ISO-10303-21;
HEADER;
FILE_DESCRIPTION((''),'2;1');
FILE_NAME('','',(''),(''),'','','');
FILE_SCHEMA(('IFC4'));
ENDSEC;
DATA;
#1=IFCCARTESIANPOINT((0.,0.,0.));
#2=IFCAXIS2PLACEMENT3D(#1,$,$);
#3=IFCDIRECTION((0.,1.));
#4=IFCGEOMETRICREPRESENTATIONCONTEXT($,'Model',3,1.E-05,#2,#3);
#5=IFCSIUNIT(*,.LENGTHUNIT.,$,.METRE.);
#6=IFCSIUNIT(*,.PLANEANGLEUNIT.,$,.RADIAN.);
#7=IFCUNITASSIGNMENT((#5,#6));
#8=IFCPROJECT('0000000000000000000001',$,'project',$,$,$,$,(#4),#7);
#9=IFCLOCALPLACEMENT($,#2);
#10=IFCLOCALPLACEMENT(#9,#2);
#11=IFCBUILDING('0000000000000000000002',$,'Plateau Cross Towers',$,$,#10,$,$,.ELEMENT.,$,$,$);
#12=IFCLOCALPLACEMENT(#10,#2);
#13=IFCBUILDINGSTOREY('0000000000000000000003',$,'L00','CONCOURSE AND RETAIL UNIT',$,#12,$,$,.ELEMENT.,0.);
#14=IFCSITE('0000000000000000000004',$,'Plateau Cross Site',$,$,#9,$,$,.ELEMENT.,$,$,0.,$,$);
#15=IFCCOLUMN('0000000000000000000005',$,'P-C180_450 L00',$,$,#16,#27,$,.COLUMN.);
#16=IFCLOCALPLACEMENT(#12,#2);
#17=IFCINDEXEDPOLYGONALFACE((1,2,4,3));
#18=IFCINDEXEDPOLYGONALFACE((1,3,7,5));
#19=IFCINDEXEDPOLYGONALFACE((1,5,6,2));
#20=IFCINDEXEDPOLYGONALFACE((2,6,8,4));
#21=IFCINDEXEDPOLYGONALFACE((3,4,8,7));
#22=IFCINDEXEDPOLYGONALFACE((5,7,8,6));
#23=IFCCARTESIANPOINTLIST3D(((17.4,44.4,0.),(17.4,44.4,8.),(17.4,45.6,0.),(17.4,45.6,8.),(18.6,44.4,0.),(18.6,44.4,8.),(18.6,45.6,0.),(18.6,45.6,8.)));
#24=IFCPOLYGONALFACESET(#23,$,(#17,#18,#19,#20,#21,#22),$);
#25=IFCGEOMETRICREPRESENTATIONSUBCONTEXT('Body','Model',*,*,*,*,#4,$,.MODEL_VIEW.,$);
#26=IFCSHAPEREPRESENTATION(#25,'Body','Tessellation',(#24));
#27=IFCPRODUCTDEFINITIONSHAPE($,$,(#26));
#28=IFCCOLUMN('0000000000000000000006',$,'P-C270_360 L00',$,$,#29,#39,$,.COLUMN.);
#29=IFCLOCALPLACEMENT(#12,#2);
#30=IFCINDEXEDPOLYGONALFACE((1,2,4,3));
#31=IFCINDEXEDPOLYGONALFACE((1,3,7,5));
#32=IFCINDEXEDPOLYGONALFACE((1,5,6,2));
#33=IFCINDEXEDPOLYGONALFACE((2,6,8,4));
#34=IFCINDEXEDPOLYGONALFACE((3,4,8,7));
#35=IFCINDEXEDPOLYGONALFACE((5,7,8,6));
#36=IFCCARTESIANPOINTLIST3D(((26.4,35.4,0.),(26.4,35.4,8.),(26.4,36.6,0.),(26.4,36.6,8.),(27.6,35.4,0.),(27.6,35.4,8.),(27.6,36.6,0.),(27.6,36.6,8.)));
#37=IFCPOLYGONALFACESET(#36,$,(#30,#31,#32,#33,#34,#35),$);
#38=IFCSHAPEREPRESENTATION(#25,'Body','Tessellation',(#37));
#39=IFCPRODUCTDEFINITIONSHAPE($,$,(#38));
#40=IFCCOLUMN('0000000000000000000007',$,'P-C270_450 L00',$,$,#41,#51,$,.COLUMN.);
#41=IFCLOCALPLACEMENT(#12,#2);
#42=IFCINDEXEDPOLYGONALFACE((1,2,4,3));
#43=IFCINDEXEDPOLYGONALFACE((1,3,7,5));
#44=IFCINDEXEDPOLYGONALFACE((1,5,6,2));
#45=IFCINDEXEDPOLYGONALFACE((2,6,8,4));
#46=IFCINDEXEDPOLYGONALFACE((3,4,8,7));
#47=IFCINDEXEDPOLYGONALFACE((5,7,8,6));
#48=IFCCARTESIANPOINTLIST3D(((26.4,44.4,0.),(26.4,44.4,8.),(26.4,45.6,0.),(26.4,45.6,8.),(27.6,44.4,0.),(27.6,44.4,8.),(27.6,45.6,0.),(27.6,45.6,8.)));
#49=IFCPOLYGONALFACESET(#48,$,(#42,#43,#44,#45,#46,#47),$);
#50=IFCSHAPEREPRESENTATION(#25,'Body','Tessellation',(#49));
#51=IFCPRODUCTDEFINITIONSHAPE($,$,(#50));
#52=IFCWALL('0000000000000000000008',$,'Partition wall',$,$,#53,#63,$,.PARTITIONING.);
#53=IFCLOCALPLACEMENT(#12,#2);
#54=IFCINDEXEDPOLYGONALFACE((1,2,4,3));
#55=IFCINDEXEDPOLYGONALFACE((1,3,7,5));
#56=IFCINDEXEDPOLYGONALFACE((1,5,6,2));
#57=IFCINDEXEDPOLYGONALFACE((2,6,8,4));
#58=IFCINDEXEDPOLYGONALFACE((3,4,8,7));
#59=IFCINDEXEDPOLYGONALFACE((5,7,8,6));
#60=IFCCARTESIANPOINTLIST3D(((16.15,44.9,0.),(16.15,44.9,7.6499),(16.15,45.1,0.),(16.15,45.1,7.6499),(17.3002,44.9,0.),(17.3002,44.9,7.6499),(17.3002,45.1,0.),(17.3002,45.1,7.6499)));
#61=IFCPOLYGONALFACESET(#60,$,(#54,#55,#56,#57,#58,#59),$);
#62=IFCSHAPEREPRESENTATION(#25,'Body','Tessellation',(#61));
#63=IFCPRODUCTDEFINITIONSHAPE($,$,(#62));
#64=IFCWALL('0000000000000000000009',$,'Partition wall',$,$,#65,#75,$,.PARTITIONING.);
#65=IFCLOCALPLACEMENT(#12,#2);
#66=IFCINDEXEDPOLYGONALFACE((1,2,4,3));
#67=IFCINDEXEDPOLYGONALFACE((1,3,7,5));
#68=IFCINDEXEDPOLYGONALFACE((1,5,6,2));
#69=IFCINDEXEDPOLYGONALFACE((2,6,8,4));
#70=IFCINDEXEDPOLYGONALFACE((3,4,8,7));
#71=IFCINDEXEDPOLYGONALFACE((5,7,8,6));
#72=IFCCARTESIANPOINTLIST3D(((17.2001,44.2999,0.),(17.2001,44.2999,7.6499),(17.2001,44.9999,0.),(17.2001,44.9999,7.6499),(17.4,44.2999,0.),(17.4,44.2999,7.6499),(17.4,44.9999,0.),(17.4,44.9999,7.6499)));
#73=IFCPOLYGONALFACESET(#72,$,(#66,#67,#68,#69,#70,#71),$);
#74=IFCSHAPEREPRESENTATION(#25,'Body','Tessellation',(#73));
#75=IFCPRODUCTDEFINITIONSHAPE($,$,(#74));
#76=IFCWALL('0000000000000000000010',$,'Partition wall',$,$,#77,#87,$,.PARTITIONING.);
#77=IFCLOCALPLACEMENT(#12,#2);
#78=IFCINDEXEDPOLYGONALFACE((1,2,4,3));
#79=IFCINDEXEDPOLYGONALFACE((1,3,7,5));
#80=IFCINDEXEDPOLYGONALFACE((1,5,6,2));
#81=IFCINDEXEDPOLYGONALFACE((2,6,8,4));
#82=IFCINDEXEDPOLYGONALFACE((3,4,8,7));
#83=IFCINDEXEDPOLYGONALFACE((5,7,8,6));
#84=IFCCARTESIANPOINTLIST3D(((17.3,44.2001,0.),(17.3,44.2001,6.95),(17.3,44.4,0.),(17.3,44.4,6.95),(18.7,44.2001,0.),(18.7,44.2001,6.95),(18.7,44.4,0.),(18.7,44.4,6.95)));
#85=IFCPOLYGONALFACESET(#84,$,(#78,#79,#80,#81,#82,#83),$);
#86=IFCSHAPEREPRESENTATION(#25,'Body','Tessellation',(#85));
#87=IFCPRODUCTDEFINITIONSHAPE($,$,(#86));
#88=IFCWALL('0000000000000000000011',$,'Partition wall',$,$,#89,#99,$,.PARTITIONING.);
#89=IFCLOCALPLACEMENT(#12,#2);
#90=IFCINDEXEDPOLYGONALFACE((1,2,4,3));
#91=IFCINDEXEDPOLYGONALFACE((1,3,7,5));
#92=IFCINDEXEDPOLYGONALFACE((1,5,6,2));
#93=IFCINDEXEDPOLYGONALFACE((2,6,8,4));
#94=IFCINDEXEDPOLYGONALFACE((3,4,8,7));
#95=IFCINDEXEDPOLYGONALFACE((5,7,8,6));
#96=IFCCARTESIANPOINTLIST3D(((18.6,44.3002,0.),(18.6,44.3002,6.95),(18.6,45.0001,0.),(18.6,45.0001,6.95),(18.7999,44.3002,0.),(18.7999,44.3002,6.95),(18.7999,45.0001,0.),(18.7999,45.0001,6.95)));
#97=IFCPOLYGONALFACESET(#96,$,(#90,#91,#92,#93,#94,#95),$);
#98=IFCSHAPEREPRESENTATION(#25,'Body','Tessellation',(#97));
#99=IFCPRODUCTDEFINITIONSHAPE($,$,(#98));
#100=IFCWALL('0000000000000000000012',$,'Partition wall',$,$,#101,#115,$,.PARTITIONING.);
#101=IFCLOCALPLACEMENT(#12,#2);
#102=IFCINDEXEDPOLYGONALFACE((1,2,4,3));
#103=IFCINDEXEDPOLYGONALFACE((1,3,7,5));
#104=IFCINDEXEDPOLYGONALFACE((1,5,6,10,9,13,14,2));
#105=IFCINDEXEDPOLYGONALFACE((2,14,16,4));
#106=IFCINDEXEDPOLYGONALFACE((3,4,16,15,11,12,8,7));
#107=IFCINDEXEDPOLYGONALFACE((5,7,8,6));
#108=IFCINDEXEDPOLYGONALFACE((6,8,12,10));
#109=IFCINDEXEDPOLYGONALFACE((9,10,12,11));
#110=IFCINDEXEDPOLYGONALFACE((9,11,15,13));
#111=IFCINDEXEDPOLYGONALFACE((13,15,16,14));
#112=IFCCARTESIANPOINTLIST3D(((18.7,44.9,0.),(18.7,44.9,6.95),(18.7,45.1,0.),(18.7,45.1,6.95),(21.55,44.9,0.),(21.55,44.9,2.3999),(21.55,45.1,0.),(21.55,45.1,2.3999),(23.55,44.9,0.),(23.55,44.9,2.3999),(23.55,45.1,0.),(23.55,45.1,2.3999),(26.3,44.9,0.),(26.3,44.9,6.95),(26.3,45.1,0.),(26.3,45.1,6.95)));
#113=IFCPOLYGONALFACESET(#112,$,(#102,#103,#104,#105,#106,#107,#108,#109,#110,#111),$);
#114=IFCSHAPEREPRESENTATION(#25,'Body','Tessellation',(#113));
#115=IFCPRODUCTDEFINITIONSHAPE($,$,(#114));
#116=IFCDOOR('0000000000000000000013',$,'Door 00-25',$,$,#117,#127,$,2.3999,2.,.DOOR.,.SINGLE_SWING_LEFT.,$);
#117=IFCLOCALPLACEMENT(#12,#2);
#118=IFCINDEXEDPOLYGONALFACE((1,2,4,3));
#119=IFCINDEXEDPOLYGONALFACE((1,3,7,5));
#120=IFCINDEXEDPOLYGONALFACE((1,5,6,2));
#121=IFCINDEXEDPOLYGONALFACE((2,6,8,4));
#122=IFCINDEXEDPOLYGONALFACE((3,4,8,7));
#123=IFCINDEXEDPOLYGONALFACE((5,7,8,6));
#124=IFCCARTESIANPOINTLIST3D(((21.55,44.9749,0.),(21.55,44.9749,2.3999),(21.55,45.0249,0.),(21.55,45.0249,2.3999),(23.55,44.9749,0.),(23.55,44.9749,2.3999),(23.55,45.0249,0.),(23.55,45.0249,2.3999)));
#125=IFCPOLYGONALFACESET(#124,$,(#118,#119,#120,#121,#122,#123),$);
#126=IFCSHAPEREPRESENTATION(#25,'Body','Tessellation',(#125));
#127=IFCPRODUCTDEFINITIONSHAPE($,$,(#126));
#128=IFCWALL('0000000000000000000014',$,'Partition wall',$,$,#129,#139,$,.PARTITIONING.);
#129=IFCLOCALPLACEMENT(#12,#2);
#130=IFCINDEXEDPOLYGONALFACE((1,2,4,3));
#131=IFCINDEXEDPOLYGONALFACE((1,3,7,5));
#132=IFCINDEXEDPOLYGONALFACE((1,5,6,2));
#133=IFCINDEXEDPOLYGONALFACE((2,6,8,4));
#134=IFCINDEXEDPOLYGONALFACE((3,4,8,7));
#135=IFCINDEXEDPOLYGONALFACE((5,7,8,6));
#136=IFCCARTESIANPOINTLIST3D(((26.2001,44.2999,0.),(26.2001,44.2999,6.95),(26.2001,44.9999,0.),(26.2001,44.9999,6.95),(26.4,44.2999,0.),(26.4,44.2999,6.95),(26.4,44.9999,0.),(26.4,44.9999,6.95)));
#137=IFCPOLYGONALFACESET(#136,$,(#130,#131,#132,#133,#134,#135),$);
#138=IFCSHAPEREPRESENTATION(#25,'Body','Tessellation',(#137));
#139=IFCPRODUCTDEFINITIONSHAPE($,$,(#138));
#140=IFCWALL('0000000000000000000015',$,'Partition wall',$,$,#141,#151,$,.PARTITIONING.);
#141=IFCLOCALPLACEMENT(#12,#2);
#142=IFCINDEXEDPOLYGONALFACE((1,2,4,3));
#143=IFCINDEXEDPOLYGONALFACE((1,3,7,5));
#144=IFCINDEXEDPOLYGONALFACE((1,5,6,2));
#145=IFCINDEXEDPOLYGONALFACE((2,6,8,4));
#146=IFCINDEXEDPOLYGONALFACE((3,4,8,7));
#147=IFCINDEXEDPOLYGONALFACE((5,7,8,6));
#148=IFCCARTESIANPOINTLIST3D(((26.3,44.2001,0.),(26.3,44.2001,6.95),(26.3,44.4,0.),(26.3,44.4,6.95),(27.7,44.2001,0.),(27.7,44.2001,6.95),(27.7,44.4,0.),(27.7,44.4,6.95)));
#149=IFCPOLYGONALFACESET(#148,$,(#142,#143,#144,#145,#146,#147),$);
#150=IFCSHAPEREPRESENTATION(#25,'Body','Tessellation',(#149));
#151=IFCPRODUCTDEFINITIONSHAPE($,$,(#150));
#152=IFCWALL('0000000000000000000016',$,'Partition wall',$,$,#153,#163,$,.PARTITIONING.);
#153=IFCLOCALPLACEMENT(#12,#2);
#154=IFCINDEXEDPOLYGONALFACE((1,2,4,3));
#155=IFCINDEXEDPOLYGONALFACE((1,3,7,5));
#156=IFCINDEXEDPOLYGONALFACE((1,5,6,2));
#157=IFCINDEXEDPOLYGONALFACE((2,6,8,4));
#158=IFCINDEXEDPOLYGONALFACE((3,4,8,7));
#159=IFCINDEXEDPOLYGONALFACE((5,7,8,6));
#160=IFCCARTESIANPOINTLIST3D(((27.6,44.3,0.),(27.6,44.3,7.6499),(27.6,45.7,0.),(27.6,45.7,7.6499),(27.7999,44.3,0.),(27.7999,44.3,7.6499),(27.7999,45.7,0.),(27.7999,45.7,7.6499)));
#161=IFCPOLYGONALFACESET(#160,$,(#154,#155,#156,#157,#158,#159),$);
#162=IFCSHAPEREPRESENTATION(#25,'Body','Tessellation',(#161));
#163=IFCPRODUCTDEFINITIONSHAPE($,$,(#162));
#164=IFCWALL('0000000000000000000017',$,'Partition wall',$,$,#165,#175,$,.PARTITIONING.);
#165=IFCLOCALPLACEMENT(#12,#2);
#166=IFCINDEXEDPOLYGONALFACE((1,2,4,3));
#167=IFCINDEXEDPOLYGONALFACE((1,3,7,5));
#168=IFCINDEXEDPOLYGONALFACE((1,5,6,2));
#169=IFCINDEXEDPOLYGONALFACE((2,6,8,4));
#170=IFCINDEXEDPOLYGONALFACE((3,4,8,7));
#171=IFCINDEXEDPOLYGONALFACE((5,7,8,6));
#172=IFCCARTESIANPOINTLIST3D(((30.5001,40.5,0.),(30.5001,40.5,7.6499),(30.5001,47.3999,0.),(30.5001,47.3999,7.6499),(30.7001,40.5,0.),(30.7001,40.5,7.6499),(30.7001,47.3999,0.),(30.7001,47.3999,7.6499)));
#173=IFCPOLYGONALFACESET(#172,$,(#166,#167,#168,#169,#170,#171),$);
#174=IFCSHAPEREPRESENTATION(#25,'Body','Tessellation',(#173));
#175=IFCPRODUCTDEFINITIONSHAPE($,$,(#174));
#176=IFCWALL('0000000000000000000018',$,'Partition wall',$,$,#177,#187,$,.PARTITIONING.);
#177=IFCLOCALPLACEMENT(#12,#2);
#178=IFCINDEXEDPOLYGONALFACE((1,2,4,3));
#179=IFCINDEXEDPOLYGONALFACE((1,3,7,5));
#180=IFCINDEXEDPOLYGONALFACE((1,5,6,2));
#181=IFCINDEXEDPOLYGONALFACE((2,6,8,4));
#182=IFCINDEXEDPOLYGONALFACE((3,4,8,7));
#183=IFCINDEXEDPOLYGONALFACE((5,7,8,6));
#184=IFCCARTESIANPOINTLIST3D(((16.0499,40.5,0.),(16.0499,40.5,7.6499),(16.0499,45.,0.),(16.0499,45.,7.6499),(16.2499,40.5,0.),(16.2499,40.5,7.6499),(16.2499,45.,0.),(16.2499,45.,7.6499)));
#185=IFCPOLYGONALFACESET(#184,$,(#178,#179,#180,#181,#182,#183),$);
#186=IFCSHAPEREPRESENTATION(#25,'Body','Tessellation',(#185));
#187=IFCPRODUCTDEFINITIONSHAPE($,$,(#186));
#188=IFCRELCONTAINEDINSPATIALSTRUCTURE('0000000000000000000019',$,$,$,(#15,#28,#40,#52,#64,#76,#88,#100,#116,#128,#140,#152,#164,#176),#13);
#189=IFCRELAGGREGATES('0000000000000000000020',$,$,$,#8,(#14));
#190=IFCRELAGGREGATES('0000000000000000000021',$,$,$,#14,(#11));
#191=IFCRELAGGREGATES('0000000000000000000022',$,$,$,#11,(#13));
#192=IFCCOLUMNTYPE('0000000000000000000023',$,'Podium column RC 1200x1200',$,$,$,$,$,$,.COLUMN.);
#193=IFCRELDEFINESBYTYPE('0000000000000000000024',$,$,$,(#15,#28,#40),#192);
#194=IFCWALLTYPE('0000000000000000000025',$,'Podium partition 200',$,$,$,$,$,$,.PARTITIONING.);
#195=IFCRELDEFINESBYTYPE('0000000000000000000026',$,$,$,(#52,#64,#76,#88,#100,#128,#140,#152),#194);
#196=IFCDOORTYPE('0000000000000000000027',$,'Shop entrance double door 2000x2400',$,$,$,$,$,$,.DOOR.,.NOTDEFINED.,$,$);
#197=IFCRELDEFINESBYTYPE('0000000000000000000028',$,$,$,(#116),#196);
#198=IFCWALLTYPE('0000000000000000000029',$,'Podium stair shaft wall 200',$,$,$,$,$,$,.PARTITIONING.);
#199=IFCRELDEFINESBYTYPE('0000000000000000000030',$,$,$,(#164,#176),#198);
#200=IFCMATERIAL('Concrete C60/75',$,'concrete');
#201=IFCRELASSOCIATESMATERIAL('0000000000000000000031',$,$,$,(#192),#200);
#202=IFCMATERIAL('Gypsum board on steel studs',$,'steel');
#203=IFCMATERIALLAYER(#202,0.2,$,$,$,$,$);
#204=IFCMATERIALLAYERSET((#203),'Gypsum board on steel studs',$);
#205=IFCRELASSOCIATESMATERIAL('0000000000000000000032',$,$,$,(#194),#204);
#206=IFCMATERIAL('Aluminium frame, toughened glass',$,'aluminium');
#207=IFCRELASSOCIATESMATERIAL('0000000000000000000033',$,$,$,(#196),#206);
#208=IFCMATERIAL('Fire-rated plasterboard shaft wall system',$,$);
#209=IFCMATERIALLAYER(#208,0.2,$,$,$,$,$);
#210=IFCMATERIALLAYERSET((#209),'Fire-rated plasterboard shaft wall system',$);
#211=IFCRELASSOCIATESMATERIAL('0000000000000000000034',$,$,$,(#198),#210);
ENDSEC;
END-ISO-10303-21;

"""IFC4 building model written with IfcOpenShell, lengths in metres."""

from ifc_helpers import new_model, si_unit, direction, frame, frame_2d, origin, origin_2d, place, context, subcontext, project, spatial, rectangle, extrude, material, layer, layer_set, material_profile, profile_set, type_object, element, fill, save


model = new_model("IFC4")

# Units and contexts
model_context = context("Model", 3, precision=1e-05, world=origin(), true_north=direction((0.0, 1.0)))
body_context = subcontext(model_context, "Body", "Model", "MODEL_VIEW")
ifc_project = project(units=[si_unit("LENGTHUNIT", "METRE"), si_unit("PLANEANGLEUNIT", "RADIAN")], contexts=[model_context])

# Site, building, storey
site_placement = place(None, origin())
site = spatial("IfcSite", under=ifc_project, at=site_placement, Name="Plateau Cross Site", CompositionType="ELEMENT", RefElevation=0.0)
building_placement = place(site_placement, origin())
building = spatial("IfcBuilding", under=site, at=building_placement, Name="Plateau Cross Towers", CompositionType="ELEMENT")
storey_placement = place(building_placement, origin())
storey = spatial("IfcBuildingStorey", under=building, at=storey_placement, Name="L00", Description="CONCOURSE AND RETAIL UNIT", CompositionType="ELEMENT", Elevation=0.0)

# Columns
ifc_material_1 = material(Name="Concrete C60/75", Category="concrete")
ifc_material_profile = material_profile(ifc_material_1, rectangle(XDim=1.2, YDim=1.2, at=origin_2d()), Name="RC 1200x1200")
ifc_profile_set = profile_set([ifc_material_profile], Name="Concrete C60/75")
column_type = type_object("IfcColumnType", Name="Podium column RC 1200x1200", PredefinedType="COLUMN", material=ifc_profile_set)
for number, where, z_axis, x_axis, name in (
    (1, (18.0, 45.0, 0.0), (0.0, 0.0, 1.0), (1.0, 0.0, 0.0), "P-C180_450 L00"),
    (2, (27.0, 36.0, 0.0), (0.0, 0.0, 1.0), (1.0, 0.0, 0.0), "P-C270_360 L00"),
    (3, (27.0, 45.0, 0.0), (0.0, 0.0, 1.0), (1.0, 0.0, 0.0), "P-C270_450 L00"),
):
    element("IfcColumn", number, at=place(storey_placement, frame(where, z_axis=z_axis, x_axis=x_axis)), inside=storey, type_object=column_type, Name=name, PredefinedType="COLUMN", context=body_context, shape_type="SweptSolid", body=[
        extrude(rectangle(XDim=1.2, YDim=1.2, at=origin_2d()), origin(), (0.0, 0.0, 1.0), 8.0),
    ])

# Walls
ifc_material_2 = material(Name="Gypsum board on steel studs", Category="steel")
ifc_layer_1 = layer(ifc_material_2, 0.2)
ifc_layer_set_1 = layer_set([ifc_layer_1], Name="Gypsum board on steel studs")
wall_type_1 = type_object("IfcWallType", Name="Podium partition 200", PredefinedType="PARTITIONING", material=ifc_layer_set_1)
wall_1_placement = place(storey_placement, frame((16.1499, 45.0, 0.0), z_axis=(0.0, 0.0, 1.0), x_axis=(1.0, 0.0, 0.0)))
element("IfcWall", 4, at=wall_1_placement, inside=storey, type_object=wall_type_1, Name="Partition wall", PredefinedType="PARTITIONING", context=body_context, shape_type="SweptSolid", body=[
    extrude(rectangle(XDim=1.1501, YDim=0.2, at=frame_2d((0.5752, 0.0))), origin(), (0.0, 0.0, 1.0), 7.6499),
])
wall_2_placement = place(storey_placement, frame((17.3, 45.0, 0.0), z_axis=(0.0, 0.0, 1.0), x_axis=(0.0, -1.0, 0.0)))
element("IfcWall", 5, at=wall_2_placement, inside=storey, type_object=wall_type_1, Name="Partition wall", PredefinedType="PARTITIONING", context=body_context, shape_type="SweptSolid", body=[
    extrude(rectangle(XDim=0.7, YDim=0.2, at=frame_2d((0.3501, 0.0))), origin(), (0.0, 0.0, 1.0), 7.6499),
])
wall_3_placement = place(storey_placement, frame((17.3, 44.3, 0.0), z_axis=(0.0, 0.0, 1.0), x_axis=(1.0, 0.0, 0.0)))
element("IfcWall", 6, at=wall_3_placement, inside=storey, type_object=wall_type_1, Name="Partition wall", PredefinedType="PARTITIONING", context=body_context, shape_type="SweptSolid", body=[
    extrude(rectangle(XDim=1.3999, YDim=0.2, at=frame_2d((0.7, 0.0))), origin(), (0.0, 0.0, 1.0), 6.95),
])
wall_4_placement = place(storey_placement, frame((18.7, 44.3, 0.0), z_axis=(0.0, 0.0, 1.0), x_axis=(0.0, 1.0, 0.0)))
element("IfcWall", 7, at=wall_4_placement, inside=storey, type_object=wall_type_1, Name="Partition wall", PredefinedType="PARTITIONING", context=body_context, shape_type="SweptSolid", body=[
    extrude(rectangle(XDim=0.7, YDim=0.2, at=frame_2d((0.3501, 0.0))), origin(), (0.0, 0.0, 1.0), 6.95),
])

# Wall, opening, door
wall_5_placement = place(storey_placement, frame((18.7, 45.0, 0.0), z_axis=(0.0, 0.0, 1.0), x_axis=(1.0, 0.0, 0.0)))
wall_5 = element("IfcWall", 8, at=wall_5_placement, inside=storey, type_object=wall_type_1, Name="Partition wall", PredefinedType="PARTITIONING", context=body_context, shape_type="SweptSolid", body=[
    extrude(rectangle(XDim=7.6001, YDim=0.2, at=frame_2d((3.8, 0.0))), origin(), (0.0, 0.0, 1.0), 6.95),
])
opening_1_placement = place(wall_5_placement, frame((2.8501, 0.0, 0.0)))
opening_1 = element("IfcOpeningElement", 9, at=opening_1_placement, cuts=wall_5, PredefinedType="OPENING", context=body_context, shape_type="SweptSolid", body=[
    extrude(rectangle(XDim=2.0, YDim=2.3999, at=frame_2d((1.0, 1.2))), frame((0.0, 0.1099, 0.0), z_axis=(0.0, -1.0, 0.0), x_axis=(1.0, 0.0, 0.0)), (0.0, 0.0, 1.0), 0.22),
])
ifc_material_3 = material(Name="Aluminium frame, toughened glass", Category="aluminium")
door_type_1 = type_object("IfcDoorType", Name="Shop entrance double door 2000x2400", OperationType="NOTDEFINED", PredefinedType="DOOR", material=ifc_material_3)
door_1_placement = place(opening_1_placement, origin())
door_1 = element("IfcDoor", 10, at=door_1_placement, inside=storey, type_object=door_type_1, Name="Door 00-25", OperationType="SINGLE_SWING_LEFT", OverallHeight=2.3999, OverallWidth=2.0, PredefinedType="DOOR", context=body_context, shape_type="SweptSolid", body=[
    extrude(rectangle(XDim=2.0, YDim=2.3999, at=frame_2d((1.0, 1.2))), frame((0.0, 0.0249, 0.0), z_axis=(0.0, -1.0, 0.0), x_axis=(1.0, 0.0, 0.0)), (0.0, 0.0, 1.0), 0.05),
])
fill(opening_1, door_1)

# Walls
wall_6_placement = place(storey_placement, frame((26.3, 45.0, 0.0), z_axis=(0.0, 0.0, 1.0), x_axis=(0.0, -1.0, 0.0)))
element("IfcWall", 11, at=wall_6_placement, inside=storey, type_object=wall_type_1, Name="Partition wall", PredefinedType="PARTITIONING", context=body_context, shape_type="SweptSolid", body=[
    extrude(rectangle(XDim=0.7, YDim=0.2, at=frame_2d((0.3501, 0.0))), origin(), (0.0, 0.0, 1.0), 6.95),
])
wall_7_placement = place(storey_placement, frame((26.3, 44.3, 0.0), z_axis=(0.0, 0.0, 1.0), x_axis=(1.0, 0.0, 0.0)))
element("IfcWall", 12, at=wall_7_placement, inside=storey, type_object=wall_type_1, Name="Partition wall", PredefinedType="PARTITIONING", context=body_context, shape_type="SweptSolid", body=[
    extrude(rectangle(XDim=1.3999, YDim=0.2, at=frame_2d((0.7, 0.0))), origin(), (0.0, 0.0, 1.0), 6.95),
])
wall_8_placement = place(storey_placement, frame((27.7, 44.3, 0.0), z_axis=(0.0, 0.0, 1.0), x_axis=(0.0, 1.0, 0.0)))
element("IfcWall", 13, at=wall_8_placement, inside=storey, type_object=wall_type_1, Name="Partition wall", PredefinedType="PARTITIONING", context=body_context, shape_type="SweptSolid", body=[
    extrude(rectangle(XDim=1.3999, YDim=0.2, at=frame_2d((0.7, 0.0))), origin(), (0.0, 0.0, 1.0), 7.6499),
])
ifc_material_4 = material(Name="Fire-rated plasterboard shaft wall system")
ifc_layer_2 = layer(ifc_material_4, 0.2)
ifc_layer_set_2 = layer_set([ifc_layer_2], Name="Fire-rated plasterboard shaft wall system")
wall_type_2 = type_object("IfcWallType", Name="Podium stair shaft wall 200", PredefinedType="PARTITIONING", material=ifc_layer_set_2)
wall_9_placement = place(storey_placement, frame((30.6001, 40.5, 0.0), z_axis=(0.0, 0.0, 1.0), x_axis=(0.0, 1.0, 0.0)))
element("IfcWall", 14, at=wall_9_placement, inside=storey, type_object=wall_type_2, Name="Partition wall", PredefinedType="PARTITIONING", context=body_context, shape_type="SweptSolid", body=[
    extrude(rectangle(XDim=6.8999, YDim=0.2, at=frame_2d((3.45, 0.0))), origin(), (0.0, 0.0, 1.0), 7.6499),
])
wall_10_placement = place(storey_placement, frame((16.1499, 45.0, 0.0), z_axis=(0.0, 0.0, 1.0), x_axis=(0.0, -1.0, 0.0)))
element("IfcWall", 15, at=wall_10_placement, inside=storey, type_object=wall_type_2, Name="Partition wall", PredefinedType="PARTITIONING", context=body_context, shape_type="SweptSolid", body=[
    extrude(rectangle(XDim=4.5, YDim=0.2, at=frame_2d((2.25, 0.0))), origin(), (0.0, 0.0, 1.0), 7.6499),
])

save(model, "model.ifc")
